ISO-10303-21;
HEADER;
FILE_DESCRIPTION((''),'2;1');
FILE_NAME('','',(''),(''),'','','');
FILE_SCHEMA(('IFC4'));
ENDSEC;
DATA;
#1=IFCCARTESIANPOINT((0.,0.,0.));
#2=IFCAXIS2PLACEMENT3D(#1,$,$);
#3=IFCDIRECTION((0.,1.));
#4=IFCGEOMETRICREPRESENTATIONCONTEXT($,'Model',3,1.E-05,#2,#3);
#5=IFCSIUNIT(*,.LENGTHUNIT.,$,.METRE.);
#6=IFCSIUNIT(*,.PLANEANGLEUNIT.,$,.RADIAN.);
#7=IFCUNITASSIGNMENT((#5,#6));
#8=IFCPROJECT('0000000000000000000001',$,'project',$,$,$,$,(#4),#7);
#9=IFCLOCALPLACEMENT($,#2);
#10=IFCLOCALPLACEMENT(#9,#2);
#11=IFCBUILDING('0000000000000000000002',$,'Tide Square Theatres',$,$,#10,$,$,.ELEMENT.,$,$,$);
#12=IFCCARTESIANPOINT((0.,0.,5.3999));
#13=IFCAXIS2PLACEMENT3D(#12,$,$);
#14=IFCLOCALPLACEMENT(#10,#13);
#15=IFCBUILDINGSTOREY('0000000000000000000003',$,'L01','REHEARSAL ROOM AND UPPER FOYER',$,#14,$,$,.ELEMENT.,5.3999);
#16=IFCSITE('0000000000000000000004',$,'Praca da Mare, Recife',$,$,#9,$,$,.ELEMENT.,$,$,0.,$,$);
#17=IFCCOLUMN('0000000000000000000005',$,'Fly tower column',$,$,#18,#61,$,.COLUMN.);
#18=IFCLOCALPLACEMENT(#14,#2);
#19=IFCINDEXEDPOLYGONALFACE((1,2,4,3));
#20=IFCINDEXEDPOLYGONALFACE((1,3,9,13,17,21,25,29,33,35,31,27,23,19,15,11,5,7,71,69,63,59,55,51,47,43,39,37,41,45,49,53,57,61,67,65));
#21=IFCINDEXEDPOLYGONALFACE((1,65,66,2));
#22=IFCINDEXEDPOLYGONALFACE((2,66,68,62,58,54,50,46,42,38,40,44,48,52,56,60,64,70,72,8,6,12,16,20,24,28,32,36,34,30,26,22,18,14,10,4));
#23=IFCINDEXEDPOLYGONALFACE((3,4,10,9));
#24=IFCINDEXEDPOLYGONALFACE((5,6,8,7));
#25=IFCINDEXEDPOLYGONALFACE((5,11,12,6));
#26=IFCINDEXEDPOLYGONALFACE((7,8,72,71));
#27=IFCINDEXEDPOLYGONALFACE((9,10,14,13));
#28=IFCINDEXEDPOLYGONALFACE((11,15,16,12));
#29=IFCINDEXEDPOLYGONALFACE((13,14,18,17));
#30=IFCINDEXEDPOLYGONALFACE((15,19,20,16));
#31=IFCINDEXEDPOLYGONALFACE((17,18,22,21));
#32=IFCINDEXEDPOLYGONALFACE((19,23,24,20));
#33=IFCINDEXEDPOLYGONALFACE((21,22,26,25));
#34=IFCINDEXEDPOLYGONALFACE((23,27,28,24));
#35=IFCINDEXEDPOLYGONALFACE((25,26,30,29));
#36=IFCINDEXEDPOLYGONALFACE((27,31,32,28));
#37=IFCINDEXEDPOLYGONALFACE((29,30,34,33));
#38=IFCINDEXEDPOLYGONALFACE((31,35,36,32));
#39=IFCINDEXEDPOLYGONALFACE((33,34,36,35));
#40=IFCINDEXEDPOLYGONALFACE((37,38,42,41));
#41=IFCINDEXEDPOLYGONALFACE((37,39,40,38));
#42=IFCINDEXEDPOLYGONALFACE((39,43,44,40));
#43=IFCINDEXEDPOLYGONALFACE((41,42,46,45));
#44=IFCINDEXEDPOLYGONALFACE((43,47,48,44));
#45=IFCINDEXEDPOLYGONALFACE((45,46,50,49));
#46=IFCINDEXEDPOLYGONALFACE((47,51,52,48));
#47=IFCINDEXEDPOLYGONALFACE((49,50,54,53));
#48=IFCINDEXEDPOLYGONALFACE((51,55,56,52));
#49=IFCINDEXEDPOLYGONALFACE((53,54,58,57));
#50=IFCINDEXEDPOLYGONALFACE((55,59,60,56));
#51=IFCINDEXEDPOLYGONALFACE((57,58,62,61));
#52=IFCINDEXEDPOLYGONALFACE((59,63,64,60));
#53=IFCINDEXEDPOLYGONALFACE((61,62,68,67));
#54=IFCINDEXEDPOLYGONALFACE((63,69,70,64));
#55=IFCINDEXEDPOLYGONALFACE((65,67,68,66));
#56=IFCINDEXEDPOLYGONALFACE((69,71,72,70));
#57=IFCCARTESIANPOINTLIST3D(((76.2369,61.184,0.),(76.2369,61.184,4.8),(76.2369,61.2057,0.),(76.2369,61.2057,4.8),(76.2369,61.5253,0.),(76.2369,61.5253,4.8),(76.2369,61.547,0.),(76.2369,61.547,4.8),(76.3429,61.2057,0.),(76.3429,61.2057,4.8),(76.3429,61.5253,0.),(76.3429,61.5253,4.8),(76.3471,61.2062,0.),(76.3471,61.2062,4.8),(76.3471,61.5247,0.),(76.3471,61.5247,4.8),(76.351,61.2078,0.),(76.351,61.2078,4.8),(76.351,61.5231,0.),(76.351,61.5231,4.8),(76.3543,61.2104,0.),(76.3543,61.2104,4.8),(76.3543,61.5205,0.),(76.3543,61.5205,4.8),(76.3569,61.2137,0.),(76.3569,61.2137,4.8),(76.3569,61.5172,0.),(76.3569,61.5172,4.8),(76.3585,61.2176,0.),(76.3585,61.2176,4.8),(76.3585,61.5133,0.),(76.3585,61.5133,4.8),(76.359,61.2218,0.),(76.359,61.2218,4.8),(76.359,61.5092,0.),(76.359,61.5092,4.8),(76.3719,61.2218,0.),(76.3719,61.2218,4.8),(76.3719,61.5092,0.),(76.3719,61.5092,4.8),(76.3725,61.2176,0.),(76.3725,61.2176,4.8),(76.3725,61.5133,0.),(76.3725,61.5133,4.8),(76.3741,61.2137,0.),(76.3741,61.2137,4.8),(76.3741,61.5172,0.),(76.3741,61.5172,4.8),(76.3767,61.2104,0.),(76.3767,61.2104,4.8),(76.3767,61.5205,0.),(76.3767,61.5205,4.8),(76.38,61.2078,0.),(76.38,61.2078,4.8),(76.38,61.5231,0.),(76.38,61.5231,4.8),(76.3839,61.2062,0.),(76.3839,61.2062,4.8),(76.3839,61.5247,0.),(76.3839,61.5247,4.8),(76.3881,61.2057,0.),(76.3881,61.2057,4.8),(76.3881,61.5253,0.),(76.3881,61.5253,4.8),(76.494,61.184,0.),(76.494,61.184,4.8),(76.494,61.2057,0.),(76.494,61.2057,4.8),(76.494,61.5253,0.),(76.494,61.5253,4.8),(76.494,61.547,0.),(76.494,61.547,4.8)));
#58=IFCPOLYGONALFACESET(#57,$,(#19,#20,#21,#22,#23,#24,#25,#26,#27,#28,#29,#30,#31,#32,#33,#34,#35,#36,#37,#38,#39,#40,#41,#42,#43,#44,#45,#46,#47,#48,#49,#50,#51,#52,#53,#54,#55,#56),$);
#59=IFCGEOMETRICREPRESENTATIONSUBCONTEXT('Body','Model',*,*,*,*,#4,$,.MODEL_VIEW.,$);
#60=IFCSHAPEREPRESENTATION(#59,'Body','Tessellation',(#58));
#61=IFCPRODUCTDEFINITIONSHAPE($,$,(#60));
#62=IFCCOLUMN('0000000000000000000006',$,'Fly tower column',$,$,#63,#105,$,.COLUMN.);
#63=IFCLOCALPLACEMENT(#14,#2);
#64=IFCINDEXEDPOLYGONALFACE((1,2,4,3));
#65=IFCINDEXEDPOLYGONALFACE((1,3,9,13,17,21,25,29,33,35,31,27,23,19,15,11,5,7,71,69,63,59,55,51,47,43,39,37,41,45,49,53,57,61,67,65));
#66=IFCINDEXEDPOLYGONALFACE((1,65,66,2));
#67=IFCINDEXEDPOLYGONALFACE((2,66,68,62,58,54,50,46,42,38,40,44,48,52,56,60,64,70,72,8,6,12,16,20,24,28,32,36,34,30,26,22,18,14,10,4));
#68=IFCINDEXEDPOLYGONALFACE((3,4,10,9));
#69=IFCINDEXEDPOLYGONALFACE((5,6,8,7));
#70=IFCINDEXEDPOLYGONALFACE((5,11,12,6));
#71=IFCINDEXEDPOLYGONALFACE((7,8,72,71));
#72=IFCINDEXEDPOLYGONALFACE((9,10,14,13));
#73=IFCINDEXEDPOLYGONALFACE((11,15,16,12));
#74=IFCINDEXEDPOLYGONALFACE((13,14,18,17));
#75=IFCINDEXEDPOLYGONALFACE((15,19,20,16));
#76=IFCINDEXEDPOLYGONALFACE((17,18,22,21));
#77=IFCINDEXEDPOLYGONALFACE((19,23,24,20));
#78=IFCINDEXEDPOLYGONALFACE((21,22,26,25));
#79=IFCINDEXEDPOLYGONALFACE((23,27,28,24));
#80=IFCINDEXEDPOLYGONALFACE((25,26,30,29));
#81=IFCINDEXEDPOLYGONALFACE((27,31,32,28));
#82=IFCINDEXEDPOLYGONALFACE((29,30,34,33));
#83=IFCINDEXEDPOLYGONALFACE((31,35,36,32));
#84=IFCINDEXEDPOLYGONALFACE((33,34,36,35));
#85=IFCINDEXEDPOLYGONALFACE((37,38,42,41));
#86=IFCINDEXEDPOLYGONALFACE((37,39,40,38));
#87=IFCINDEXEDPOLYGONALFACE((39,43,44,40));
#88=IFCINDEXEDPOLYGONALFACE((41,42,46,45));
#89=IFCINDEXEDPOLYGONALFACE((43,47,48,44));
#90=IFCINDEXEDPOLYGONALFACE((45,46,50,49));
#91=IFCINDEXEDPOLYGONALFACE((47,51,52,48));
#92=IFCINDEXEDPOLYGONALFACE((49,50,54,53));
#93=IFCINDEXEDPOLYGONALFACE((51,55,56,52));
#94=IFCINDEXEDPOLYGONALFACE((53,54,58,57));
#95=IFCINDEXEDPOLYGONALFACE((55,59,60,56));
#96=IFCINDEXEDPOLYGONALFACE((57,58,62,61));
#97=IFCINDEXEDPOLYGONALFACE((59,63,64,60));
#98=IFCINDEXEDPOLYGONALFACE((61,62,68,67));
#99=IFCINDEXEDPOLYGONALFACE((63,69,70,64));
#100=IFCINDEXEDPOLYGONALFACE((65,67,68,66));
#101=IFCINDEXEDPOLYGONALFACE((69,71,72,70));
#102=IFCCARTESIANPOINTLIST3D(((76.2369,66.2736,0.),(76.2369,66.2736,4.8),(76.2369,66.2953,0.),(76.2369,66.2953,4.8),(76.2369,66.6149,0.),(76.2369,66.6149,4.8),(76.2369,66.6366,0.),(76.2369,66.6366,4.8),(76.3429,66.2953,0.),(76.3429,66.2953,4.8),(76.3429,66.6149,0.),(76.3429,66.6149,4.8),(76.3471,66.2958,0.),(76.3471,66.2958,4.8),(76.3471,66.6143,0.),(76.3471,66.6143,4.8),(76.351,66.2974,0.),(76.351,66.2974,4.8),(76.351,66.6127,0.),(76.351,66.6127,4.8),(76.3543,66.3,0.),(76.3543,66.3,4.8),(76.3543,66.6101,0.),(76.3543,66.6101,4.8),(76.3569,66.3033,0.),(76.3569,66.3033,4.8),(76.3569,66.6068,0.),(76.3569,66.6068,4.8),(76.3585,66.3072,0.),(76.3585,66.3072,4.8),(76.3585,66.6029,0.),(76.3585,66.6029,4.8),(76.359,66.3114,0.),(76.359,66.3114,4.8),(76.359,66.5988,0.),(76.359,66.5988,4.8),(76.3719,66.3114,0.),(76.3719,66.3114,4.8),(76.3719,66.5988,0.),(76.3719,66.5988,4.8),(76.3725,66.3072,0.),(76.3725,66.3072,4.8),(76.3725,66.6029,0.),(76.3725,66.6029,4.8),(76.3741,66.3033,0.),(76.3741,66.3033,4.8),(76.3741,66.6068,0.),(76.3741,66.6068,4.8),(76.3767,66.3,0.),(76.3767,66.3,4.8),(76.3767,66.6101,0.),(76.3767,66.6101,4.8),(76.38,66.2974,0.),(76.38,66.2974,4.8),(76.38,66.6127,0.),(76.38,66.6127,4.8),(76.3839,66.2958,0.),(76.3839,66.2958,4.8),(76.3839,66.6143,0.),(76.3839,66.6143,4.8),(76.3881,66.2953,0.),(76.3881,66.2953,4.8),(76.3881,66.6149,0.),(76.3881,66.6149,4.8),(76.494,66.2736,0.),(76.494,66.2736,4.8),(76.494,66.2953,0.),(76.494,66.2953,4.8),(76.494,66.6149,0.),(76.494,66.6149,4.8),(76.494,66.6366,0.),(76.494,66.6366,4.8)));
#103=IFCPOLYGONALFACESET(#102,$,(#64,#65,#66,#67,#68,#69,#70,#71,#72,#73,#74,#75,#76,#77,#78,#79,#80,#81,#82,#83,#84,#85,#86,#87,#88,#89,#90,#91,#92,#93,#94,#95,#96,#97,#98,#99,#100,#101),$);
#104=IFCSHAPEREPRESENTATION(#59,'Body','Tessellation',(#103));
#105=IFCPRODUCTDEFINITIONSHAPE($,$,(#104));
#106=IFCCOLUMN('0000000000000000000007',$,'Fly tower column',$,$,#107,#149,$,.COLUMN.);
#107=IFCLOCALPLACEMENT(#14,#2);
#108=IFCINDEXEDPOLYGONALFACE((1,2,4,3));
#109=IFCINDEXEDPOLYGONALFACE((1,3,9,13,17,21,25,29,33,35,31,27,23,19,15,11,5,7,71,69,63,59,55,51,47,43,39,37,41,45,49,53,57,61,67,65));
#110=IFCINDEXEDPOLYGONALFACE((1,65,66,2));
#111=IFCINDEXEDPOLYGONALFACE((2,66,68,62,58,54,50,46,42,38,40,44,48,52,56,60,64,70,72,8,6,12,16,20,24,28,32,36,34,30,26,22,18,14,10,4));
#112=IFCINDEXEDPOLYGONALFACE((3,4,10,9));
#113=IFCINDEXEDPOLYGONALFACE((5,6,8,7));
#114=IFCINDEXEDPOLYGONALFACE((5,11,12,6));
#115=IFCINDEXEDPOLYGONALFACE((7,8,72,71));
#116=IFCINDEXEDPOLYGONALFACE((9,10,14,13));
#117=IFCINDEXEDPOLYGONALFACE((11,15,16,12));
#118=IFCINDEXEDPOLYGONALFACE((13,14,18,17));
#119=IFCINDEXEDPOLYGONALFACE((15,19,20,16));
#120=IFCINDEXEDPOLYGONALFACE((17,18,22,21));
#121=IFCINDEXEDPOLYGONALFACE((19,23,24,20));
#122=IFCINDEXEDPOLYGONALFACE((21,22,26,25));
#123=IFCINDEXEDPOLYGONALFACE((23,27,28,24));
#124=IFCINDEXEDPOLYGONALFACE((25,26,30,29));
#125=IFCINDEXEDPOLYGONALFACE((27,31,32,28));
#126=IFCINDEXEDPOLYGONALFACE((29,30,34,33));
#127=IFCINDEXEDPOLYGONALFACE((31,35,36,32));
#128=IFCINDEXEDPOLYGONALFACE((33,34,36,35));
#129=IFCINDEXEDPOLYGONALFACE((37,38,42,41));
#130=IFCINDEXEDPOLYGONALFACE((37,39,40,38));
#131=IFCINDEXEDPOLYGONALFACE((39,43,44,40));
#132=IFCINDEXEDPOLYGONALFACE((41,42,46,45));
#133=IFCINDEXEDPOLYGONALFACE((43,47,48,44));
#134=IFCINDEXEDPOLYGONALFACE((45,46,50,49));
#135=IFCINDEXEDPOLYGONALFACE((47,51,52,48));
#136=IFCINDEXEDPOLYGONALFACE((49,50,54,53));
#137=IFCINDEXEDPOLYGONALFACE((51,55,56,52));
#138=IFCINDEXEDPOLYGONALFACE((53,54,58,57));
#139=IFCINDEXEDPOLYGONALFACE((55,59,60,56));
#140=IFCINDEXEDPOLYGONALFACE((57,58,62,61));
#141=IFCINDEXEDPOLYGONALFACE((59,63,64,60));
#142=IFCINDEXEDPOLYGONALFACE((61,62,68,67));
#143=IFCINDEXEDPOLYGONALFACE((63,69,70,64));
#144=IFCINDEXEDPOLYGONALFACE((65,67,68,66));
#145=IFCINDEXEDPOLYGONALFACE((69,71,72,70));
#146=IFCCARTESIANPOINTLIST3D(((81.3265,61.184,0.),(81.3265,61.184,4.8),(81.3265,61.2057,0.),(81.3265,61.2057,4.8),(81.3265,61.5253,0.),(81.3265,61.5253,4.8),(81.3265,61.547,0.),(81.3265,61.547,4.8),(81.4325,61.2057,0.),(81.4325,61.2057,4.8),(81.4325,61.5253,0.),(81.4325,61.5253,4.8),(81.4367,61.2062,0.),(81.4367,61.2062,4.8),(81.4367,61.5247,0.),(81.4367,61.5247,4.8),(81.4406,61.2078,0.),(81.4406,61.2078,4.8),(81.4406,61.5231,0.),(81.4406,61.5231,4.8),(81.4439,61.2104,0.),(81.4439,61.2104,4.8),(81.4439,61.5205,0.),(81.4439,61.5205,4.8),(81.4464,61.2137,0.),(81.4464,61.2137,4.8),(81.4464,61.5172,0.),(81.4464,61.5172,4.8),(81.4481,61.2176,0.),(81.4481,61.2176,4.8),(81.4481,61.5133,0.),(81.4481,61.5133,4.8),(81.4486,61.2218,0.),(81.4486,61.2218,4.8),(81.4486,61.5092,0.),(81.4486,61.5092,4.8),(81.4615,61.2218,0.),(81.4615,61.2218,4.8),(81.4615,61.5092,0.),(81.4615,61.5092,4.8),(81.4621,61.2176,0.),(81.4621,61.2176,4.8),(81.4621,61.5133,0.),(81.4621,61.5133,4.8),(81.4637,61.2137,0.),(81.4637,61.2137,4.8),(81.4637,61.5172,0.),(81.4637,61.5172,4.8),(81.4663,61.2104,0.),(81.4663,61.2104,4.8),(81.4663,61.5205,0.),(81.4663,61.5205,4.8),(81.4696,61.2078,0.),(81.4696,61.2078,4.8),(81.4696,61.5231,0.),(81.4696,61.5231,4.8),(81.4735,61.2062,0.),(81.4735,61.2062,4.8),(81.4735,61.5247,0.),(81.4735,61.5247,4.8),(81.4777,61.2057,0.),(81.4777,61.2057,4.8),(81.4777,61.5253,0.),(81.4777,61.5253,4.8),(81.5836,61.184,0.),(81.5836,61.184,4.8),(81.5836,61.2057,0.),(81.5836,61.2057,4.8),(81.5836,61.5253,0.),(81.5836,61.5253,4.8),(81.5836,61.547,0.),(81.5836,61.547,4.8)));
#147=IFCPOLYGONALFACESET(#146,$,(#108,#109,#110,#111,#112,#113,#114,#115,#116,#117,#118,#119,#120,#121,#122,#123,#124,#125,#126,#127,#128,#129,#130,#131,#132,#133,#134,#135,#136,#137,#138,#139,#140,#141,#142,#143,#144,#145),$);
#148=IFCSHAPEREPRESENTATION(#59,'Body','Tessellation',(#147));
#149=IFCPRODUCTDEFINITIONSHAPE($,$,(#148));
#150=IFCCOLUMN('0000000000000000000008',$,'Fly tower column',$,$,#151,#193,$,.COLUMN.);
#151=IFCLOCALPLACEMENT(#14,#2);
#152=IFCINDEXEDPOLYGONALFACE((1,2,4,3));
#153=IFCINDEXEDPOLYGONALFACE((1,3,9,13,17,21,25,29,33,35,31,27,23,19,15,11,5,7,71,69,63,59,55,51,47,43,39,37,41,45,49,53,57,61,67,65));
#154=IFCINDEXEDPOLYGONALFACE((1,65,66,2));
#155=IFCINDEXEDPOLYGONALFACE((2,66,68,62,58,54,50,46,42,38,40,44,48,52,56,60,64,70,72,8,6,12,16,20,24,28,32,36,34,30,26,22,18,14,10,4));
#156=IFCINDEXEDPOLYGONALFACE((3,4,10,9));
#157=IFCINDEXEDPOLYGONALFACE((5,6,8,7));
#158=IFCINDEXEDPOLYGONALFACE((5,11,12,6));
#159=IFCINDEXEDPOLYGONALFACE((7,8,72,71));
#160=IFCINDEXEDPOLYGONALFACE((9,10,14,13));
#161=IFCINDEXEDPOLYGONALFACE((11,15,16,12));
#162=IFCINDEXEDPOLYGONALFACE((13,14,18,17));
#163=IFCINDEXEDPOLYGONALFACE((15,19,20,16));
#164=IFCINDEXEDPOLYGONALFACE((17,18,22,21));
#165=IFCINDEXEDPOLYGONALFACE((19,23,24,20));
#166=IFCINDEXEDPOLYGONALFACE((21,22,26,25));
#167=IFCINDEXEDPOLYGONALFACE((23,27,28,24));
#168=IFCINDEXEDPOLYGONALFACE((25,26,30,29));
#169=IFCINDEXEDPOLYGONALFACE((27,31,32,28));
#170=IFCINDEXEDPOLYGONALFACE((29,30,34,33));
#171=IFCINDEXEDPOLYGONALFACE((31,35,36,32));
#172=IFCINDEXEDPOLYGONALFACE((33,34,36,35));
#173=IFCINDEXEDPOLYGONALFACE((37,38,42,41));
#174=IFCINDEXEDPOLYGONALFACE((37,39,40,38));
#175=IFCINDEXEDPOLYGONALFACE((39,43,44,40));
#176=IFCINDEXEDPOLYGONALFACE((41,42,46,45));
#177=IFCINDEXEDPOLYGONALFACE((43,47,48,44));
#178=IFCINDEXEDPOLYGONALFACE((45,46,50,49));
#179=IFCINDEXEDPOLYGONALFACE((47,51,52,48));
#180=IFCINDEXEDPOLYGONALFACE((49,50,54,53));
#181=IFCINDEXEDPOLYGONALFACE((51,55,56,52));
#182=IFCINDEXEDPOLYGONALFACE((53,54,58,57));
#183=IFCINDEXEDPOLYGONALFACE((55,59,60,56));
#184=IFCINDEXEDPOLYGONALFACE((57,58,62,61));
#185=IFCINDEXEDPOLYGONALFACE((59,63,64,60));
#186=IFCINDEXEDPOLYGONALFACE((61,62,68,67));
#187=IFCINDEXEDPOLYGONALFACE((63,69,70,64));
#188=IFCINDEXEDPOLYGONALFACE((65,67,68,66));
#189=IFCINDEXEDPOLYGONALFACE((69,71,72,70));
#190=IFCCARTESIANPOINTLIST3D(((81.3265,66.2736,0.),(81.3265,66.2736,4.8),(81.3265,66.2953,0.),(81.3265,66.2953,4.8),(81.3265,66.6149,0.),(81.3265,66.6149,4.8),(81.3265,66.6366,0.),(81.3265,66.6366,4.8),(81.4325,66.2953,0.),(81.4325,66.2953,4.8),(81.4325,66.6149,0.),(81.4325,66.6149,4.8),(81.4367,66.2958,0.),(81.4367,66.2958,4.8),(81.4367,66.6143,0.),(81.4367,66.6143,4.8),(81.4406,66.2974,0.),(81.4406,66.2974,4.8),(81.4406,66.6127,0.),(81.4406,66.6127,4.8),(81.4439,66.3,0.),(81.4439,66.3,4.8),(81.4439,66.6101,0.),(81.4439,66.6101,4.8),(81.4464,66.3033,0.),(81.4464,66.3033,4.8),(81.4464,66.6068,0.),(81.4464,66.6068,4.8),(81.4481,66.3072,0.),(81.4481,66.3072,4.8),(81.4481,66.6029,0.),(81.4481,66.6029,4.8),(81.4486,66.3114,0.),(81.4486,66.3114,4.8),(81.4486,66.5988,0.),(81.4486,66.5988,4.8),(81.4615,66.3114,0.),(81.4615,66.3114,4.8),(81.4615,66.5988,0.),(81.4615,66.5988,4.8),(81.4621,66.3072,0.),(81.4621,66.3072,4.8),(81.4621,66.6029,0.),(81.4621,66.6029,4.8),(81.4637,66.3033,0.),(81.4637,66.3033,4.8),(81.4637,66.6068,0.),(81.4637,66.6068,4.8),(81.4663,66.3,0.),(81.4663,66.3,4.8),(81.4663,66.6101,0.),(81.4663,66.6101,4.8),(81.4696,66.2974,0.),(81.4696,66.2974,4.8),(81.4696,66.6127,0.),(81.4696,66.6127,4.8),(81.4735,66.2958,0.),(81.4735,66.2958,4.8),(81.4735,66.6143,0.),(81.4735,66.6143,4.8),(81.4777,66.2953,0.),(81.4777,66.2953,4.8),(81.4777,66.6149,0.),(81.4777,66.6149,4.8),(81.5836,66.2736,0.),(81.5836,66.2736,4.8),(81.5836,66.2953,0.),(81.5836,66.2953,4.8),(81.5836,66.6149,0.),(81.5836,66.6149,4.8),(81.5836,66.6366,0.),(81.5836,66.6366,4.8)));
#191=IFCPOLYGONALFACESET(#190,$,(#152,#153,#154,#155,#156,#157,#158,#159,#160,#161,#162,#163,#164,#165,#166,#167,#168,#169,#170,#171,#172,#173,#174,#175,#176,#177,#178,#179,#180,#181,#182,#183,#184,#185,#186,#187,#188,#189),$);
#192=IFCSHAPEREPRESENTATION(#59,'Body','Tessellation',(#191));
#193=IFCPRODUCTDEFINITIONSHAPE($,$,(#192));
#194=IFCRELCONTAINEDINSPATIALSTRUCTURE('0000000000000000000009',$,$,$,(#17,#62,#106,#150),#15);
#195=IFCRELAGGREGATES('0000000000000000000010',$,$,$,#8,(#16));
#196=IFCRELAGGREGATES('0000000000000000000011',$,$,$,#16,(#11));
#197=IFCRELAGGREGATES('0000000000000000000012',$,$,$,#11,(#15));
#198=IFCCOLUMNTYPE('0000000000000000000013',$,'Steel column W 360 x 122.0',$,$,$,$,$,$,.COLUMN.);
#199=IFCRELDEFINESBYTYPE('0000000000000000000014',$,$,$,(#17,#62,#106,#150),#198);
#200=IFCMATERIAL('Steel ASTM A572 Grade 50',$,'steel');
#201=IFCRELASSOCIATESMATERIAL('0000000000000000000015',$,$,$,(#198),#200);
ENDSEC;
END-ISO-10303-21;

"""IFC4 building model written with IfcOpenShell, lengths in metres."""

from ifc_helpers import new_model, si_unit, direction, frame, origin, origin_2d, place, context, subcontext, project, spatial, i_section, extrude, material, material_profile, profile_set, type_object, element, save


model = new_model("IFC4")

# Units and contexts
model_context = context("Model", 3, precision=1e-05, world=origin(), true_north=direction((0.0, 1.0)))
body_context = subcontext(model_context, "Body", "Model", "MODEL_VIEW")
ifc_project = project(units=[si_unit("LENGTHUNIT", "METRE"), si_unit("PLANEANGLEUNIT", "RADIAN")], contexts=[model_context])

# Site, building, storey
site_placement = place(None, origin())
site = spatial("IfcSite", under=ifc_project, at=site_placement, Name="Praca da Mare, Recife", CompositionType="ELEMENT", RefElevation=0.0)
building_placement = place(site_placement, origin())
building = spatial("IfcBuilding", under=site, at=building_placement, Name="Tide Square Theatres", CompositionType="ELEMENT")
storey_placement = place(building_placement, frame((0.0, 0.0, 5.3999)))
storey = spatial("IfcBuildingStorey", under=building, at=storey_placement, Name="L01", Description="REHEARSAL ROOM AND UPPER FOYER", CompositionType="ELEMENT", Elevation=5.3999)

# Columns
ifc_material_1 = material(Name="Steel ASTM A572 Grade 50", Category="steel")
ifc_material_profile_1 = material_profile(ifc_material_1, i_section(OverallWidth=0.2571, OverallDepth=0.363, WebThickness=0.0129, FlangeThickness=0.0217, FilletRadius=0.0161, at=origin_2d()))
ifc_profile_set_1 = profile_set([ifc_material_profile_1], Name="Steel ASTM A572 Grade 50")
column_type = type_object("IfcColumnType", Name="Steel column W 360 x 122.0", PredefinedType="COLUMN", material=ifc_profile_set_1)
for number, where, z_axis, x_axis, name in (
    (1, (76.3655, 61.3655, 0.0), (0.0, 0.0, 1.0), (1.0, 0.0, 0.0), "Fly tower column"),
    (2, (76.3655, 66.4551, 0.0), (0.0, 0.0, 1.0), (1.0, 0.0, 0.0), "Fly tower column"),
    (3, (81.4551, 61.3655, 0.0), (0.0, 0.0, 1.0), (1.0, 0.0, 0.0), "Fly tower column"),
    (4, (81.4551, 66.4551, 0.0), (0.0, 0.0, 1.0), (1.0, 0.0, 0.0), "Fly tower column"),
):
    element("IfcColumn", number, at=place(storey_placement, frame(where, z_axis=z_axis, x_axis=x_axis)), inside=storey, type_object=column_type, Name=name, PredefinedType="COLUMN", context=body_context, shape_type="SweptSolid", body=[
        extrude(i_section(OverallWidth=0.2571, OverallDepth=0.363, WebThickness=0.0129, FlangeThickness=0.0217, FilletRadius=0.0161, at=origin_2d()), origin(), (0.0, 0.0, 1.0), 4.8),
    ])

save(model, "model.ifc")
